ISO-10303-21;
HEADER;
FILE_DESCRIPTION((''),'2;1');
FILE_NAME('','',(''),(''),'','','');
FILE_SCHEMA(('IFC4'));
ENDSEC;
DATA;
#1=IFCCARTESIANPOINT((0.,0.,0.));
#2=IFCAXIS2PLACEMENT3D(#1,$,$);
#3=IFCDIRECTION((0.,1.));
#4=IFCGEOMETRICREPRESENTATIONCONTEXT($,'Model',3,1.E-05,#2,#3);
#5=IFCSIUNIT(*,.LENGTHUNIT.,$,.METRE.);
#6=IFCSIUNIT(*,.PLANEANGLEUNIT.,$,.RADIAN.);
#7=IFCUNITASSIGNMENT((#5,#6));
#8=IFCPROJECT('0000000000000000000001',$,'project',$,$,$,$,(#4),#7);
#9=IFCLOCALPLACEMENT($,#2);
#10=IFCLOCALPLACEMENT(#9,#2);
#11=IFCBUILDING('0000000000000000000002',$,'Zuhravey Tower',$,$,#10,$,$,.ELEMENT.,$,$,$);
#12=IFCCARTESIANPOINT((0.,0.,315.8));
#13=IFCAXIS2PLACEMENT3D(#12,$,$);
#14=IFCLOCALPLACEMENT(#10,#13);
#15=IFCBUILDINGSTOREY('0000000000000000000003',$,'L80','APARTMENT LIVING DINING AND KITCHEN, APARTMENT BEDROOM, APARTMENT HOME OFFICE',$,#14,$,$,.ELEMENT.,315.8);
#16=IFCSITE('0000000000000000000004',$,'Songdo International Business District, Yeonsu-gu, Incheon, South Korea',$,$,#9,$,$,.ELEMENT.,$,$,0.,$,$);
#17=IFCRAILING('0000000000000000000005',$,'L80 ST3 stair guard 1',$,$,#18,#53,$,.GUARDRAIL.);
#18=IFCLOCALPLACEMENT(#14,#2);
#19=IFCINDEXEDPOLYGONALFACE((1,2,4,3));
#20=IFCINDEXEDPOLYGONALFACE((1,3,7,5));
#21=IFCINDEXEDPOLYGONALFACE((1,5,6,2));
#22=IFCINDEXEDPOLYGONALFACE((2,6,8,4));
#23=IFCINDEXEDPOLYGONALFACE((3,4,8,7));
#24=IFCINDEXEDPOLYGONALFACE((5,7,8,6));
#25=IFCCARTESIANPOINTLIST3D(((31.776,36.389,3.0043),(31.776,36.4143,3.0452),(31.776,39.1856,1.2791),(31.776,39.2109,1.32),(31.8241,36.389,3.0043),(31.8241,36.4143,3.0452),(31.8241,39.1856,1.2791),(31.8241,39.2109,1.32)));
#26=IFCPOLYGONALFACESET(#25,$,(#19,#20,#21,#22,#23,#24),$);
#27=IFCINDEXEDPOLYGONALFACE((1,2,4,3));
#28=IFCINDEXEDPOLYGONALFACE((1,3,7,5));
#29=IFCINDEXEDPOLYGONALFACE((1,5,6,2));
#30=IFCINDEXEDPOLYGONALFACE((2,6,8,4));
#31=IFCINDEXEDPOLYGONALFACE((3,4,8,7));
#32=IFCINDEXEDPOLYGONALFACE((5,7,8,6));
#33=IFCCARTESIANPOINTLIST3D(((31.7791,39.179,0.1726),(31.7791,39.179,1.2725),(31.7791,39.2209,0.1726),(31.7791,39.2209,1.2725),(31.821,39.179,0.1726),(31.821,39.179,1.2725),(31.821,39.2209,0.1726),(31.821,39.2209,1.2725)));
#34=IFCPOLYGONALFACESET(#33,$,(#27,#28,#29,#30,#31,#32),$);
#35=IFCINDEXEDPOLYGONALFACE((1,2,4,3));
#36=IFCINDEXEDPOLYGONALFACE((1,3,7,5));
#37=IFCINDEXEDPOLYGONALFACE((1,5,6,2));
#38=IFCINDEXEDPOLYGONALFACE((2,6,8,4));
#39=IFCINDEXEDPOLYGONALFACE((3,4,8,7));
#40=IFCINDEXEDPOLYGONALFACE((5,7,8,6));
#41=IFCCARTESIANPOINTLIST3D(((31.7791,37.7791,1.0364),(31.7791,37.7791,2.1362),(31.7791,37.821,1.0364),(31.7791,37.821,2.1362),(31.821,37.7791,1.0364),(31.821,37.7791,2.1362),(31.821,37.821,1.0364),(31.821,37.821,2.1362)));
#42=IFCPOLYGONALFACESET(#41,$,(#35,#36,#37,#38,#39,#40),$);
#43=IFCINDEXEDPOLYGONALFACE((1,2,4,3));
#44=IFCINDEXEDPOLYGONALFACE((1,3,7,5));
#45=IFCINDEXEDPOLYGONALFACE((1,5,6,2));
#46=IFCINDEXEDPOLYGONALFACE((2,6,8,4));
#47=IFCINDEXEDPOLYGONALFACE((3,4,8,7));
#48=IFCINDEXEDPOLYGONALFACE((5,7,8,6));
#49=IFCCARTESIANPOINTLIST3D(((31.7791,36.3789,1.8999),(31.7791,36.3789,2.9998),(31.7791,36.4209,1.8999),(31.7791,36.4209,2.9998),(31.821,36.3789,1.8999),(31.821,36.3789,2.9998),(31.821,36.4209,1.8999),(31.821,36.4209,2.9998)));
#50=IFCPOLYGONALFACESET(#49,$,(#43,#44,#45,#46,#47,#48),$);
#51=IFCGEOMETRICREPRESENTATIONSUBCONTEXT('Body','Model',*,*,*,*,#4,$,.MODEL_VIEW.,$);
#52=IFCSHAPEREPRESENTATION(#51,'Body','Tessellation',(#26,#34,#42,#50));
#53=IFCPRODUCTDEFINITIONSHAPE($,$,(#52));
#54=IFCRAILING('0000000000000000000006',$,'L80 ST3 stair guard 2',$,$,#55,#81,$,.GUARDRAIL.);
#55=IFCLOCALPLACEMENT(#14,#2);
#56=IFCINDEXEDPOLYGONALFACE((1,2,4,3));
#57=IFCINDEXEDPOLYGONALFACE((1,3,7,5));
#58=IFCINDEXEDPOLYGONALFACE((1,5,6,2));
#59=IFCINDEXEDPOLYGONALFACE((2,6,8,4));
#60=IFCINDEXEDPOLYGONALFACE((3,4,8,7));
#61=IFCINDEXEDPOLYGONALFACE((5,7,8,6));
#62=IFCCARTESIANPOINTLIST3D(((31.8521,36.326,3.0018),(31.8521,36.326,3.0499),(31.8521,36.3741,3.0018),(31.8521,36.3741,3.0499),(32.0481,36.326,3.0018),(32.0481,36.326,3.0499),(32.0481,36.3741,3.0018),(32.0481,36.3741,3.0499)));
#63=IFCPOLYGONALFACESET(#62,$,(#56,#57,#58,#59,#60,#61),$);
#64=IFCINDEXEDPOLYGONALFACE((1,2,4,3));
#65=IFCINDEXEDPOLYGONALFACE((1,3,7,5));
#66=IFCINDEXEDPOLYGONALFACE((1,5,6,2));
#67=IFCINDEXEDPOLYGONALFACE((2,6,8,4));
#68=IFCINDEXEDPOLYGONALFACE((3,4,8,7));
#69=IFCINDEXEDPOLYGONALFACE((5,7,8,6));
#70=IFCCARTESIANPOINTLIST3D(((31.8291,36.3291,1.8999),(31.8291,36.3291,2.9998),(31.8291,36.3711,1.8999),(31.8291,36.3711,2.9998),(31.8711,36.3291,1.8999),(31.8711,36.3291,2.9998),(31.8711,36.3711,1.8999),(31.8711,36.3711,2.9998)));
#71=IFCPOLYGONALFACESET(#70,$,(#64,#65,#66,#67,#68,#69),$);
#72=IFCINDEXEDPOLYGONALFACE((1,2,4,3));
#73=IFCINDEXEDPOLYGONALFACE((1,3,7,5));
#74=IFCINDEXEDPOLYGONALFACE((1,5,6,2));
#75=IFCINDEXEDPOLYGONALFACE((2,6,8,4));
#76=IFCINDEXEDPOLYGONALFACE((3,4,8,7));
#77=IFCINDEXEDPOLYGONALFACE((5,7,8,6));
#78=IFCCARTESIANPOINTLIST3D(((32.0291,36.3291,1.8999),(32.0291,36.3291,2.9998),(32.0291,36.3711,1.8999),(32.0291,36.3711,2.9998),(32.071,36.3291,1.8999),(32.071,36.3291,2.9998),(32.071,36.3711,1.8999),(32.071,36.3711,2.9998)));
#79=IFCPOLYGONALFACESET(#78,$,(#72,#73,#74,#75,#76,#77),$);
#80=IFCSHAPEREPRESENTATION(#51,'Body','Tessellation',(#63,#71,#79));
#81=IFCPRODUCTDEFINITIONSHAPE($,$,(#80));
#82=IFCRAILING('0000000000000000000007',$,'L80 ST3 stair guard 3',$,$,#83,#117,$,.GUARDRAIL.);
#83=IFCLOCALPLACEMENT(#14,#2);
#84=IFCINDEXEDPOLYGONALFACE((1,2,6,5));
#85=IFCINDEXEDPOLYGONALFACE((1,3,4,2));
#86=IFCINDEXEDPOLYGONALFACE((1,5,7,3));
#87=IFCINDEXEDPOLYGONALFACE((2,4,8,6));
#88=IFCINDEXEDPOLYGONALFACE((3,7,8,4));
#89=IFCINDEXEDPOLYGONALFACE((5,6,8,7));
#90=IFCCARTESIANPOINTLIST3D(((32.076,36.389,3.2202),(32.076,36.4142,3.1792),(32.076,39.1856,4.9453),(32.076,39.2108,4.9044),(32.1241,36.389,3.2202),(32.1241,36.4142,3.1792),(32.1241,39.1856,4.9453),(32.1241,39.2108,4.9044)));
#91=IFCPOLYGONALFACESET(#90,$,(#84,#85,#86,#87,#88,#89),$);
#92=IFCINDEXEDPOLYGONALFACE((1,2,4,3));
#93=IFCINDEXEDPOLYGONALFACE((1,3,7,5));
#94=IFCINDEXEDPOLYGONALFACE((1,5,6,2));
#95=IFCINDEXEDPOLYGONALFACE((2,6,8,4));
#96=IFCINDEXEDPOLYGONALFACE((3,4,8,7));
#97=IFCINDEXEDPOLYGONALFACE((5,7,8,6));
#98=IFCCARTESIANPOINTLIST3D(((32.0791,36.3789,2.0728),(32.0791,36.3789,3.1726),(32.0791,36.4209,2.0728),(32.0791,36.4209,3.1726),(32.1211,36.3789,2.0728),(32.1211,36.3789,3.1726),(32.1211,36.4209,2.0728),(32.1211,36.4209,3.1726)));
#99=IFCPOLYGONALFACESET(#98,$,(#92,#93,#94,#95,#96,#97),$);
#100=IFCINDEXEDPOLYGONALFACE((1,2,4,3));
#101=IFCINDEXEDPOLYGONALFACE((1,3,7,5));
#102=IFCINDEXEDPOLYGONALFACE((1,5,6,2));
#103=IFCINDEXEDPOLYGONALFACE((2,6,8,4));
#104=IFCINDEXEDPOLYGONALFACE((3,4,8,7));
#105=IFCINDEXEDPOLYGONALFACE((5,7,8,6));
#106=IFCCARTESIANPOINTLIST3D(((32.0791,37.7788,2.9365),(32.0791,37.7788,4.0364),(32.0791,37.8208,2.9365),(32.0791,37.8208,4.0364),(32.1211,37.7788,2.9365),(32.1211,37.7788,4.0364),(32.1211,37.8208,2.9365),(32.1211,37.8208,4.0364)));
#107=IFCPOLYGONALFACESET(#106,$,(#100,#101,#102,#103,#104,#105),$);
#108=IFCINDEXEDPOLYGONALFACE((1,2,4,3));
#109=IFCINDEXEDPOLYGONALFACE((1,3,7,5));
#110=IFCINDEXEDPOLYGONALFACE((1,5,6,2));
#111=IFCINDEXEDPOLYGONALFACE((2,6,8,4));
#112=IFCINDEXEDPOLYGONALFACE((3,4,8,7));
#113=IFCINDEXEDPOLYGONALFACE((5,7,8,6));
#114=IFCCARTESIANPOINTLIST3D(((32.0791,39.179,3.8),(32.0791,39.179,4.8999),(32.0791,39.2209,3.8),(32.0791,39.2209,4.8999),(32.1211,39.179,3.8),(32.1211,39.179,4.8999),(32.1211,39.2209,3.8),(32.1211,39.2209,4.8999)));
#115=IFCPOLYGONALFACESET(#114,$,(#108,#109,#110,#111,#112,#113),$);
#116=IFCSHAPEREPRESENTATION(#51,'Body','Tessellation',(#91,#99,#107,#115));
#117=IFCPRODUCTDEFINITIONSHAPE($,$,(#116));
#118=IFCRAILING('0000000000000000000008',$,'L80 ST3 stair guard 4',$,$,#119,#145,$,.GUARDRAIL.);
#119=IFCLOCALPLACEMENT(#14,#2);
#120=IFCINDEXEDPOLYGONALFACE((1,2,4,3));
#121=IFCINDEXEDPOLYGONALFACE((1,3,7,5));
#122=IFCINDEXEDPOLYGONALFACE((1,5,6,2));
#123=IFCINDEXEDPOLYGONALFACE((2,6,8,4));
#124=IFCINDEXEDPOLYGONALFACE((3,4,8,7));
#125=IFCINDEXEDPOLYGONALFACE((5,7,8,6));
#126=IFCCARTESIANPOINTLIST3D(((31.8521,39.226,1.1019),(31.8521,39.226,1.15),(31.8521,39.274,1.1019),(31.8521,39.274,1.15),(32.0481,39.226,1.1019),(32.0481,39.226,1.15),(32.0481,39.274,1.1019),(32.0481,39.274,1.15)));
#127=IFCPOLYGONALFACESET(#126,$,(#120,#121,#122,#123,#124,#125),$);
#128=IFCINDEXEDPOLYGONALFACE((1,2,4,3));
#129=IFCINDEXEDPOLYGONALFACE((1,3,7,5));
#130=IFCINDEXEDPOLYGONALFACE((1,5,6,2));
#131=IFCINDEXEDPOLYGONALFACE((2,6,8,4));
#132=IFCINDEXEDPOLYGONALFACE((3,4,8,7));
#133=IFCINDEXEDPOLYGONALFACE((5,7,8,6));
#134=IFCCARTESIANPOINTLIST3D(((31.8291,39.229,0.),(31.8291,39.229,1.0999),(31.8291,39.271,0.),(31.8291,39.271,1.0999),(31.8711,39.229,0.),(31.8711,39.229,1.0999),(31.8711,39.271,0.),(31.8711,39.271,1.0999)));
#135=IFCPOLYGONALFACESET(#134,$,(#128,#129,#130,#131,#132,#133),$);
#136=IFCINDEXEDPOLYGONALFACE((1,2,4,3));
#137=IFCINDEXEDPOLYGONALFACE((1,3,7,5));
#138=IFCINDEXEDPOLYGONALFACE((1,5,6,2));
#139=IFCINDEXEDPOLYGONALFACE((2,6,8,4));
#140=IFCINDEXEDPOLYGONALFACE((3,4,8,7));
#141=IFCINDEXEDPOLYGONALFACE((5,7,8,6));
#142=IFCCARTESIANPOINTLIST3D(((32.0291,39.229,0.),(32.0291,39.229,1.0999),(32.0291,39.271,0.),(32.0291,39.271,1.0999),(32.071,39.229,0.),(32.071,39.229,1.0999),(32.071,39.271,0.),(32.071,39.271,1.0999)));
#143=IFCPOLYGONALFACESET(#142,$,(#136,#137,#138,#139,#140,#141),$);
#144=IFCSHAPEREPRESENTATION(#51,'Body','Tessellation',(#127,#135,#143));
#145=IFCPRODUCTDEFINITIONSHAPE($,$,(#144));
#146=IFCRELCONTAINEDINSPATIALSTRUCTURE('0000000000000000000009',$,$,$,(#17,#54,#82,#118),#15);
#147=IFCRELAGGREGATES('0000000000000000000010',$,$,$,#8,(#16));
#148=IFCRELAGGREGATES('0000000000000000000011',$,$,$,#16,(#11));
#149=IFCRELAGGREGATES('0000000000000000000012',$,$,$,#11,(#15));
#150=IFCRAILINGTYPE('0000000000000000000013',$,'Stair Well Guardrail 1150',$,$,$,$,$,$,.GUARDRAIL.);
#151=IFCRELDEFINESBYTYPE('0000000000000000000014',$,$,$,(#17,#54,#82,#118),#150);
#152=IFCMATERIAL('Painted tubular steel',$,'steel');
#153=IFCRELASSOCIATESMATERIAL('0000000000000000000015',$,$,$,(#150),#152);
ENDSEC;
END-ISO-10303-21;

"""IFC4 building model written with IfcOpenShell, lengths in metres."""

from ifc_helpers import new_model, si_unit, direction, frame, origin, origin_2d, place, context, subcontext, project, spatial, rectangle, extrude, material, type_object, element, save


model = new_model("IFC4")

# Units and contexts
model_context = context("Model", 3, precision=1e-05, world=origin(), true_north=direction((0.0, 1.0)))
body_context = subcontext(model_context, "Body", "Model", "MODEL_VIEW")
ifc_project = project(units=[si_unit("LENGTHUNIT", "METRE"), si_unit("PLANEANGLEUNIT", "RADIAN")], contexts=[model_context])

# Site, building, storey
site_placement = place(None, origin())
site = spatial("IfcSite", under=ifc_project, at=site_placement, Name="Songdo International Business District, Yeonsu-gu, Incheon, South Korea", CompositionType="ELEMENT", RefElevation=0.0)
building_placement = place(site_placement, origin())
building = spatial("IfcBuilding", under=site, at=building_placement, Name="Zuhravey Tower", CompositionType="ELEMENT")
storey_placement = place(building_placement, frame((0.0, 0.0, 315.8)))
storey = spatial("IfcBuildingStorey", under=building, at=storey_placement, Name="L80", Description="APARTMENT LIVING DINING AND KITCHEN, APARTMENT BEDROOM, APARTMENT HOME OFFICE", CompositionType="ELEMENT", Elevation=315.8)

# Railings
ifc_material_1 = material(Name="Painted tubular steel", Category="steel")
railing_type_1 = type_object("IfcRailingType", Name="Stair Well Guardrail 1150", PredefinedType="GUARDRAIL", material=ifc_material_1)
for number, where, name in (
    (1, (31.8, 39.2, 0.1726), "L80 ST3 stair guard 1"),
):
    element("IfcRailing", number, at=place(storey_placement, frame(where)), inside=storey, type_object=railing_type_1, Name=name, PredefinedType="GUARDRAIL", context=body_context, shape_type="SweptSolid", body=[
        extrude(rectangle(XDim=0.0481, YDim=0.0481, at=origin_2d()), frame((0.0, -0.0017, 1.127), z_axis=(0.0, -0.85109, 0.52502), x_axis=(1.0, 0.0, 0.0)), (0.0, 0.0, 1.0), 3.2859),
        extrude(rectangle(XDim=0.042, YDim=0.042, at=origin_2d()), origin(), (0.0, 0.0, 1.0), 1.0999),
        extrude(rectangle(XDim=0.042, YDim=0.042, at=origin_2d()), frame((0.0, -1.3999, 0.8638)), (0.0, 0.0, 1.0), 1.0999),
        extrude(rectangle(XDim=0.042, YDim=0.042, at=origin_2d()), frame((0.0, -2.8, 1.7273)), (0.0, 0.0, 1.0), 1.0999),
    ])
railing_1_placement = place(storey_placement, frame((31.8501, 36.3501, 1.8999)))
element("IfcRailing", 2, at=railing_1_placement, inside=storey, type_object=railing_type_1, Name="L80 ST3 stair guard 2", PredefinedType="GUARDRAIL", context=body_context, shape_type="SweptSolid", body=[
    extrude(rectangle(XDim=0.0481, YDim=0.0481, at=origin_2d()), frame((0.002, 0.0, 1.126), z_axis=(1.0, 0.0, 0.0), x_axis=(0.0, 1.0, 0.0)), (0.0, 0.0, 1.0), 0.196),
    extrude(rectangle(XDim=0.042, YDim=0.042, at=origin_2d()), origin(), (0.0, 0.0, 1.0), 1.0999),
    extrude(rectangle(XDim=0.042, YDim=0.042, at=origin_2d()), frame((0.2, 0.0, 0.0)), (0.0, 0.0, 1.0), 1.0999),
])
railing_2_placement = place(storey_placement, frame((32.1001, 36.3999, 2.0728)))
element("IfcRailing", 3, at=railing_2_placement, inside=storey, type_object=railing_type_1, Name="L80 ST3 stair guard 3", PredefinedType="GUARDRAIL", context=body_context, shape_type="SweptSolid", body=[
    extrude(rectangle(XDim=0.0481, YDim=0.0481, at=origin_2d()), frame((0.0, 0.0017, 1.127), z_axis=(0.0, 0.85109, 0.52502), x_axis=(-1.0, 0.0, 0.0)), (0.0, 0.0, 1.0), 3.2859),
    extrude(rectangle(XDim=0.042, YDim=0.042, at=origin_2d()), origin(), (0.0, 0.0, 1.0), 1.0999),
    extrude(rectangle(XDim=0.042, YDim=0.042, at=origin_2d()), frame((0.0, 1.3999, 0.8638)), (0.0, 0.0, 1.0), 1.0999),
    extrude(rectangle(XDim=0.042, YDim=0.042, at=origin_2d()), frame((0.0, 2.8, 1.7273)), (0.0, 0.0, 1.0), 1.0999),
])
railing_3_placement = place(storey_placement, frame((31.8501, 39.25, 0.0)))
element("IfcRailing", 4, at=railing_3_placement, inside=storey, type_object=railing_type_1, Name="L80 ST3 stair guard 4", PredefinedType="GUARDRAIL", context=body_context, shape_type="SweptSolid", body=[
    extrude(rectangle(XDim=0.0481, YDim=0.0481, at=origin_2d()), frame((0.002, 0.0, 1.126), z_axis=(1.0, 0.0, 0.0), x_axis=(0.0, 1.0, 0.0)), (0.0, 0.0, 1.0), 0.196),
    extrude(rectangle(XDim=0.042, YDim=0.042, at=origin_2d()), origin(), (0.0, 0.0, 1.0), 1.0999),
    extrude(rectangle(XDim=0.042, YDim=0.042, at=origin_2d()), frame((0.2, 0.0, 0.0)), (0.0, 0.0, 1.0), 1.0999),
])

save(model, "model.ifc")
